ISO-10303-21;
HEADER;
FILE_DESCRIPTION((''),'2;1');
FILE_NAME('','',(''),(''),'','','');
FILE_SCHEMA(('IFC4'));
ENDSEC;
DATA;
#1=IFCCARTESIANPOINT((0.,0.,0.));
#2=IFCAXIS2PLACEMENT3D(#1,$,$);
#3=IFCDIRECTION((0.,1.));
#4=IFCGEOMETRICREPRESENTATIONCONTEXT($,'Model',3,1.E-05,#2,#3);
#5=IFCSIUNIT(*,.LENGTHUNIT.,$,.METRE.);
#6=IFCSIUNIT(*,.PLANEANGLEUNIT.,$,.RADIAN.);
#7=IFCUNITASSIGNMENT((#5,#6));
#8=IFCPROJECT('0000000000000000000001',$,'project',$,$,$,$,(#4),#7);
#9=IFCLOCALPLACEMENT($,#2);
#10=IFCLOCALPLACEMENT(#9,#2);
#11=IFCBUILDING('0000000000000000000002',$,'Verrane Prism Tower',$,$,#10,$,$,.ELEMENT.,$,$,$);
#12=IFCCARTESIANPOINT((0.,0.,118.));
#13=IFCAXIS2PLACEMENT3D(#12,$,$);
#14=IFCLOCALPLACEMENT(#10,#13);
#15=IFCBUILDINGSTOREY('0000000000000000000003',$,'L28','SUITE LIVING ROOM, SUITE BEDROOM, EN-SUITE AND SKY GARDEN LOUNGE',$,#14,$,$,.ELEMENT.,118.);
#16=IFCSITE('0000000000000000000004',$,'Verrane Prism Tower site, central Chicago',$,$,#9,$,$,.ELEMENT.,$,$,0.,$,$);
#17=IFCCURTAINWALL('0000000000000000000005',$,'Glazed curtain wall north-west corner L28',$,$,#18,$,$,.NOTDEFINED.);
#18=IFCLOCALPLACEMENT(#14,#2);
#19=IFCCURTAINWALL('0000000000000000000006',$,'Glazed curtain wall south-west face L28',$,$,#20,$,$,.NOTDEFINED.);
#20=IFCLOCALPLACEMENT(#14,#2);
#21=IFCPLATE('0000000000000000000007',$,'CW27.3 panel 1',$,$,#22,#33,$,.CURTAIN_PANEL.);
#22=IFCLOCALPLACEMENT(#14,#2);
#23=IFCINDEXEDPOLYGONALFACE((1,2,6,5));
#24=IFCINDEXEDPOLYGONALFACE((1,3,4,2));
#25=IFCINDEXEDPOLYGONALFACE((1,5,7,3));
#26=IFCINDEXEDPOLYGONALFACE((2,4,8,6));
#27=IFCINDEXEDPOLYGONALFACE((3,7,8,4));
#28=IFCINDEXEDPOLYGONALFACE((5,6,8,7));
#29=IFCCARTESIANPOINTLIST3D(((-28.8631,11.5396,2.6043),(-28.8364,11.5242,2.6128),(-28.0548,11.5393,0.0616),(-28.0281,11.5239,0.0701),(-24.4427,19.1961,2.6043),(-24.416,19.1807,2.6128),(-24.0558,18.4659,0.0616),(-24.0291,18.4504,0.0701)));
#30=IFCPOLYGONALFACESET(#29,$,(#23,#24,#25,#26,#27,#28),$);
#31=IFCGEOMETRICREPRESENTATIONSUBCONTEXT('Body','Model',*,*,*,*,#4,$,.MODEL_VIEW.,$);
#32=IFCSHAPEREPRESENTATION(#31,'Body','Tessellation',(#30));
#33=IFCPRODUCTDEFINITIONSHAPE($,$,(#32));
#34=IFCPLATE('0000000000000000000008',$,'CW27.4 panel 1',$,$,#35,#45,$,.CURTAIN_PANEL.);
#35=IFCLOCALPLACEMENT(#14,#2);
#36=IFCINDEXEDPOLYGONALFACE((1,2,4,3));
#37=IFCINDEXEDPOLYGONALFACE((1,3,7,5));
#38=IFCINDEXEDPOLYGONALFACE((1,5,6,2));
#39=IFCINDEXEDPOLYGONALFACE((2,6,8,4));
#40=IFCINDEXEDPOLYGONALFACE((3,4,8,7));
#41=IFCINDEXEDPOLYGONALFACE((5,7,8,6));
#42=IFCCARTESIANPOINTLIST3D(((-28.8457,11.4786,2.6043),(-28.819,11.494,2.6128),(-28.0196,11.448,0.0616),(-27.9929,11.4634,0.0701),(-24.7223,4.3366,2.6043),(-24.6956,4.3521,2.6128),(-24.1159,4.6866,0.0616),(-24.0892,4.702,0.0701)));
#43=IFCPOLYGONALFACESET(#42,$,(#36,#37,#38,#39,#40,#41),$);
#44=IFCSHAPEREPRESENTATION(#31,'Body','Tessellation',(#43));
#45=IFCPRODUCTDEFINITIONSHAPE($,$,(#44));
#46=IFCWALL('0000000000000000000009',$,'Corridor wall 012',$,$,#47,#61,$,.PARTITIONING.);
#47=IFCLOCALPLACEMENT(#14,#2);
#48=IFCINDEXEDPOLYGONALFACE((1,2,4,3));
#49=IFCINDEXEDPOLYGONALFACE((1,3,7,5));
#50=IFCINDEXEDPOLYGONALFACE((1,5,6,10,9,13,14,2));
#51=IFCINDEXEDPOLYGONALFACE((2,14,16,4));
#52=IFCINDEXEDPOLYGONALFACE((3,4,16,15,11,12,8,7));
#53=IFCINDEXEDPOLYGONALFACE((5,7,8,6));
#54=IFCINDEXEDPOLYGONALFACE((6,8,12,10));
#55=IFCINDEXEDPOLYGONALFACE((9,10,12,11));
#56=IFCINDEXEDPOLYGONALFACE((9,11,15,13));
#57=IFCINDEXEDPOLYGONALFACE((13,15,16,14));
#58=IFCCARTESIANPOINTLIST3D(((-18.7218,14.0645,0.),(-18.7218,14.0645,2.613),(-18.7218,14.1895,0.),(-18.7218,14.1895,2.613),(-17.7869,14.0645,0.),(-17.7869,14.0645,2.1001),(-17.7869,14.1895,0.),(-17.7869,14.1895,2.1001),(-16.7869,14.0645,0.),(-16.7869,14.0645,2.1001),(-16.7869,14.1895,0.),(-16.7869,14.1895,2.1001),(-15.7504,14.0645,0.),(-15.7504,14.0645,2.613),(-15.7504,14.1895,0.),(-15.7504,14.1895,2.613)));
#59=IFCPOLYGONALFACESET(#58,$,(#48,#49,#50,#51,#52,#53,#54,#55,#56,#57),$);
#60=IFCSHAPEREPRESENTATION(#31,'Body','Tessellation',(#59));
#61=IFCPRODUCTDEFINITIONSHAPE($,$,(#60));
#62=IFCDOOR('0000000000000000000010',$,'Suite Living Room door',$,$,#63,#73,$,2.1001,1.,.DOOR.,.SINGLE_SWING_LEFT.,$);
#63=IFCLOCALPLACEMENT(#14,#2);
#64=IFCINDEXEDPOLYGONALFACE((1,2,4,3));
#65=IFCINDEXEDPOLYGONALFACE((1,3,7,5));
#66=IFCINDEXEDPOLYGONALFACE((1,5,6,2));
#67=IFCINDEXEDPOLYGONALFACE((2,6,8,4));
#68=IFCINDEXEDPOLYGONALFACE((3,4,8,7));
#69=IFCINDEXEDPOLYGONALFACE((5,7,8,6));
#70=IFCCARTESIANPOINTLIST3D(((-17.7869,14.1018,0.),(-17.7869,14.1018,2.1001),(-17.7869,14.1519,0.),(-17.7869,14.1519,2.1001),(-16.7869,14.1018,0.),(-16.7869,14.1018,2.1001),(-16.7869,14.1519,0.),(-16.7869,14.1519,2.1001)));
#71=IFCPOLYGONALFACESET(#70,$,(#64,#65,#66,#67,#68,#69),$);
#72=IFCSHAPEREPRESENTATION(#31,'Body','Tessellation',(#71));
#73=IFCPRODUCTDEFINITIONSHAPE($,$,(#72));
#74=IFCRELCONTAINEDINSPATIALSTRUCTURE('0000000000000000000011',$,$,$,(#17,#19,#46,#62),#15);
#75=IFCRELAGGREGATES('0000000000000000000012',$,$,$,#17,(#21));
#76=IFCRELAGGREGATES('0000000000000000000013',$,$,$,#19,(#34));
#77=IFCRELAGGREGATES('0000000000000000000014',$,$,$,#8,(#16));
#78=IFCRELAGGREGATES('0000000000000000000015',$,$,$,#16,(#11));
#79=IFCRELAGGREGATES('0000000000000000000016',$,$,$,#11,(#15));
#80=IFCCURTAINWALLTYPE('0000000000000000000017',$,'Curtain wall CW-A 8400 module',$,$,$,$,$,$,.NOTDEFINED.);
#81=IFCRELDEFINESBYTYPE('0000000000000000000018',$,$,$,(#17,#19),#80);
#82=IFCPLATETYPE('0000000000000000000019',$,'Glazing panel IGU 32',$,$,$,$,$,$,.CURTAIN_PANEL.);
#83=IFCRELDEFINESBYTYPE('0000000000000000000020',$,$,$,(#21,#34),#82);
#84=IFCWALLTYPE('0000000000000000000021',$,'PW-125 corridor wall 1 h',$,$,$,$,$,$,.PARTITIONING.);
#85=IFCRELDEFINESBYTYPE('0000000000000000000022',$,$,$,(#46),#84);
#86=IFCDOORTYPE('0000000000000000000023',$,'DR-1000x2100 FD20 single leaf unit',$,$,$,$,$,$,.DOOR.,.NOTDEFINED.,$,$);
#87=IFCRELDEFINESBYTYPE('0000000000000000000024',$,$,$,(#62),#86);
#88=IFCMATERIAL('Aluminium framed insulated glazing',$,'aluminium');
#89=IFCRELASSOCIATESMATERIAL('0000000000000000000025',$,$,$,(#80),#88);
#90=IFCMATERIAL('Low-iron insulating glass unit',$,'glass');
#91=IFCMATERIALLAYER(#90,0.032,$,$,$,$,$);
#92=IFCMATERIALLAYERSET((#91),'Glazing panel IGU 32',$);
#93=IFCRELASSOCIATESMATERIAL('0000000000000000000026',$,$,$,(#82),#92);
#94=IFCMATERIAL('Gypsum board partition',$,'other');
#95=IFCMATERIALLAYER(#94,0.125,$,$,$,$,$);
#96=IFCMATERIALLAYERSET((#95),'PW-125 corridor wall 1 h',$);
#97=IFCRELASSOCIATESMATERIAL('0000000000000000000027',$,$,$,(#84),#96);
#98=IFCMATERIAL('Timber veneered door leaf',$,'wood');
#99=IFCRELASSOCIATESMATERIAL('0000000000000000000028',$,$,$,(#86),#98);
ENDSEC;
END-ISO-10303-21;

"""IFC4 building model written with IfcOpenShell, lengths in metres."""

from ifc_helpers import new_model, si_unit, direction, frame, frame_2d, origin, place, context, subcontext, project, spatial, polyline, rectangle, outline, extrude, material, layer, layer_set, type_object, element, fill, aggregate, save


model = new_model("IFC4")

# Units and contexts
model_context = context("Model", 3, precision=1e-05, world=origin(), true_north=direction((0.0, 1.0)))
body_context = subcontext(model_context, "Body", "Model", "MODEL_VIEW")
ifc_project = project(units=[si_unit("LENGTHUNIT", "METRE"), si_unit("PLANEANGLEUNIT", "RADIAN")], contexts=[model_context])

# Site, building, storey
site_placement = place(None, origin())
site = spatial("IfcSite", under=ifc_project, at=site_placement, Name="Verrane Prism Tower site, central Chicago", CompositionType="ELEMENT", RefElevation=0.0)
building_placement = place(site_placement, origin())
building = spatial("IfcBuilding", under=site, at=building_placement, Name="Verrane Prism Tower", CompositionType="ELEMENT")
storey_placement = place(building_placement, frame((0.0, 0.0, 118.0)))
storey = spatial("IfcBuildingStorey", under=building, at=storey_placement, Name="L28", Description="SUITE LIVING ROOM, SUITE BEDROOM, EN-SUITE AND SKY GARDEN LOUNGE", CompositionType="ELEMENT", Elevation=118.0)

# Curtain walls
ifc_material_1 = material(Name="Aluminium framed insulated glazing", Category="aluminium")
curtain_wall_type = type_object("IfcCurtainWallType", Name="Curtain wall CW-A 8400 module", PredefinedType="NOTDEFINED", material=ifc_material_1)
curtain_wall_1_placement = place(storey_placement, origin())
curtain_wall_1 = element("IfcCurtainWall", 1, at=curtain_wall_1_placement, inside=storey, type_object=curtain_wall_type, Name="Glazed curtain wall north-west corner L28", PredefinedType="NOTDEFINED")
curtain_wall_2_placement = place(storey_placement, origin())
curtain_wall_2 = element("IfcCurtainWall", 2, at=curtain_wall_2_placement, inside=storey, type_object=curtain_wall_type, Name="Glazed curtain wall south-west face L28", PredefinedType="NOTDEFINED")

# Plates
ifc_material_2 = material(Name="Low-iron insulating glass unit", Category="glass")
ifc_layer_1 = layer(ifc_material_2, 0.032)
ifc_layer_set_1 = layer_set([ifc_layer_1], Name="Glazing panel IGU 32")
plate_type = type_object("IfcPlateType", Name="Glazing panel IGU 32", PredefinedType="CURTAIN_PANEL", material=ifc_layer_set_1)
plate_1_placement = place(storey_placement, frame((-24.0291, 18.4504, 0.0701), z_axis=(0.834948, -0.482053, 0.265493), x_axis=(-0.499997, -0.866027, 0.000001)))
plate_1 = element("IfcPlate", 3, at=plate_1_placement, type_object=plate_type, Name="CW27.3 panel 1", PredefinedType="CURTAIN_PANEL", context=body_context, shape_type="SweptSolid", body=[
    extrude(outline(polyline([(0.0, 0.0), (7.998, 0.0), (8.402, -2.6374), (-0.4389, -2.6374), (0.0, 0.0)])), origin(), (0.0, 0.0, -1.0), 0.032),
])
aggregate(curtain_wall_1, [plate_1])
plate_2_placement = place(storey_placement, frame((-27.9929, 11.4634, 0.0701), z_axis=(0.834957, 0.482064, 0.265446), x_axis=(0.499999, -0.866026, 0.000005)))
plate_2 = element("IfcPlate", 4, at=plate_2_placement, type_object=plate_type, Name="CW27.4 panel 1", PredefinedType="CURTAIN_PANEL", context=body_context, shape_type="SweptSolid", body=[
    extrude(outline(polyline([(0.0, 0.0), (7.8074, 0.0), (7.8073, -2.6373), (-0.4395, -2.6374), (0.0, 0.0)])), origin(), (0.0, 0.0, -1.0), 0.032),
])
aggregate(curtain_wall_2, [plate_2])

# Wall, opening, door
ifc_material_3 = material(Name="Gypsum board partition", Category="other")
ifc_layer_2 = layer(ifc_material_3, 0.125)
ifc_layer_set_2 = layer_set([ifc_layer_2], Name="PW-125 corridor wall 1 h")
wall_type = type_object("IfcWallType", Name="PW-125 corridor wall 1 h", PredefinedType="PARTITIONING", material=ifc_layer_set_2)
wall_placement = place(storey_placement, frame((-18.7219, 14.127, 0.0), z_axis=(0.0, 0.0, 1.0), x_axis=(1.0, 0.0, 0.0)))
wall = element("IfcWall", 5, at=wall_placement, inside=storey, type_object=wall_type, Name="Corridor wall 012", PredefinedType="PARTITIONING", context=body_context, shape_type="SweptSolid", body=[
    extrude(rectangle(XDim=2.9714, YDim=0.125, at=frame_2d((1.4858, 0.0))), origin(), (0.0, 0.0, 1.0), 2.613),
])
opening_placement = place(wall_placement, frame((0.9351, 0.0, 0.0)))
opening = element("IfcOpeningElement", 6, at=opening_placement, cuts=wall, PredefinedType="OPENING", context=body_context, shape_type="SweptSolid", body=[
    extrude(rectangle(XDim=1.0, YDim=2.1001, at=frame_2d((0.5, 1.05))), frame((0.0, 0.0725, 0.0), z_axis=(0.0, -1.0, 0.0), x_axis=(1.0, 0.0, 0.0)), (0.0, 0.0, 1.0), 0.145),
])
ifc_material_4 = material(Name="Timber veneered door leaf", Category="wood")
door_type = type_object("IfcDoorType", Name="DR-1000x2100 FD20 single leaf unit", OperationType="NOTDEFINED", PredefinedType="DOOR", material=ifc_material_4)
door_placement = place(opening_placement, origin())
door = element("IfcDoor", 7, at=door_placement, inside=storey, type_object=door_type, Name="Suite Living Room door", OperationType="SINGLE_SWING_LEFT", OverallHeight=2.1001, OverallWidth=1.0, PredefinedType="DOOR", context=body_context, shape_type="SweptSolid", body=[
    extrude(rectangle(XDim=1.0, YDim=2.1001, at=frame_2d((0.5, 1.05))), frame((0.0, 0.0249, 0.0), z_axis=(0.0, -1.0, 0.0), x_axis=(1.0, 0.0, 0.0)), (0.0, 0.0, 1.0), 0.05),
])
fill(opening, door)

save(model, "model.ifc")
